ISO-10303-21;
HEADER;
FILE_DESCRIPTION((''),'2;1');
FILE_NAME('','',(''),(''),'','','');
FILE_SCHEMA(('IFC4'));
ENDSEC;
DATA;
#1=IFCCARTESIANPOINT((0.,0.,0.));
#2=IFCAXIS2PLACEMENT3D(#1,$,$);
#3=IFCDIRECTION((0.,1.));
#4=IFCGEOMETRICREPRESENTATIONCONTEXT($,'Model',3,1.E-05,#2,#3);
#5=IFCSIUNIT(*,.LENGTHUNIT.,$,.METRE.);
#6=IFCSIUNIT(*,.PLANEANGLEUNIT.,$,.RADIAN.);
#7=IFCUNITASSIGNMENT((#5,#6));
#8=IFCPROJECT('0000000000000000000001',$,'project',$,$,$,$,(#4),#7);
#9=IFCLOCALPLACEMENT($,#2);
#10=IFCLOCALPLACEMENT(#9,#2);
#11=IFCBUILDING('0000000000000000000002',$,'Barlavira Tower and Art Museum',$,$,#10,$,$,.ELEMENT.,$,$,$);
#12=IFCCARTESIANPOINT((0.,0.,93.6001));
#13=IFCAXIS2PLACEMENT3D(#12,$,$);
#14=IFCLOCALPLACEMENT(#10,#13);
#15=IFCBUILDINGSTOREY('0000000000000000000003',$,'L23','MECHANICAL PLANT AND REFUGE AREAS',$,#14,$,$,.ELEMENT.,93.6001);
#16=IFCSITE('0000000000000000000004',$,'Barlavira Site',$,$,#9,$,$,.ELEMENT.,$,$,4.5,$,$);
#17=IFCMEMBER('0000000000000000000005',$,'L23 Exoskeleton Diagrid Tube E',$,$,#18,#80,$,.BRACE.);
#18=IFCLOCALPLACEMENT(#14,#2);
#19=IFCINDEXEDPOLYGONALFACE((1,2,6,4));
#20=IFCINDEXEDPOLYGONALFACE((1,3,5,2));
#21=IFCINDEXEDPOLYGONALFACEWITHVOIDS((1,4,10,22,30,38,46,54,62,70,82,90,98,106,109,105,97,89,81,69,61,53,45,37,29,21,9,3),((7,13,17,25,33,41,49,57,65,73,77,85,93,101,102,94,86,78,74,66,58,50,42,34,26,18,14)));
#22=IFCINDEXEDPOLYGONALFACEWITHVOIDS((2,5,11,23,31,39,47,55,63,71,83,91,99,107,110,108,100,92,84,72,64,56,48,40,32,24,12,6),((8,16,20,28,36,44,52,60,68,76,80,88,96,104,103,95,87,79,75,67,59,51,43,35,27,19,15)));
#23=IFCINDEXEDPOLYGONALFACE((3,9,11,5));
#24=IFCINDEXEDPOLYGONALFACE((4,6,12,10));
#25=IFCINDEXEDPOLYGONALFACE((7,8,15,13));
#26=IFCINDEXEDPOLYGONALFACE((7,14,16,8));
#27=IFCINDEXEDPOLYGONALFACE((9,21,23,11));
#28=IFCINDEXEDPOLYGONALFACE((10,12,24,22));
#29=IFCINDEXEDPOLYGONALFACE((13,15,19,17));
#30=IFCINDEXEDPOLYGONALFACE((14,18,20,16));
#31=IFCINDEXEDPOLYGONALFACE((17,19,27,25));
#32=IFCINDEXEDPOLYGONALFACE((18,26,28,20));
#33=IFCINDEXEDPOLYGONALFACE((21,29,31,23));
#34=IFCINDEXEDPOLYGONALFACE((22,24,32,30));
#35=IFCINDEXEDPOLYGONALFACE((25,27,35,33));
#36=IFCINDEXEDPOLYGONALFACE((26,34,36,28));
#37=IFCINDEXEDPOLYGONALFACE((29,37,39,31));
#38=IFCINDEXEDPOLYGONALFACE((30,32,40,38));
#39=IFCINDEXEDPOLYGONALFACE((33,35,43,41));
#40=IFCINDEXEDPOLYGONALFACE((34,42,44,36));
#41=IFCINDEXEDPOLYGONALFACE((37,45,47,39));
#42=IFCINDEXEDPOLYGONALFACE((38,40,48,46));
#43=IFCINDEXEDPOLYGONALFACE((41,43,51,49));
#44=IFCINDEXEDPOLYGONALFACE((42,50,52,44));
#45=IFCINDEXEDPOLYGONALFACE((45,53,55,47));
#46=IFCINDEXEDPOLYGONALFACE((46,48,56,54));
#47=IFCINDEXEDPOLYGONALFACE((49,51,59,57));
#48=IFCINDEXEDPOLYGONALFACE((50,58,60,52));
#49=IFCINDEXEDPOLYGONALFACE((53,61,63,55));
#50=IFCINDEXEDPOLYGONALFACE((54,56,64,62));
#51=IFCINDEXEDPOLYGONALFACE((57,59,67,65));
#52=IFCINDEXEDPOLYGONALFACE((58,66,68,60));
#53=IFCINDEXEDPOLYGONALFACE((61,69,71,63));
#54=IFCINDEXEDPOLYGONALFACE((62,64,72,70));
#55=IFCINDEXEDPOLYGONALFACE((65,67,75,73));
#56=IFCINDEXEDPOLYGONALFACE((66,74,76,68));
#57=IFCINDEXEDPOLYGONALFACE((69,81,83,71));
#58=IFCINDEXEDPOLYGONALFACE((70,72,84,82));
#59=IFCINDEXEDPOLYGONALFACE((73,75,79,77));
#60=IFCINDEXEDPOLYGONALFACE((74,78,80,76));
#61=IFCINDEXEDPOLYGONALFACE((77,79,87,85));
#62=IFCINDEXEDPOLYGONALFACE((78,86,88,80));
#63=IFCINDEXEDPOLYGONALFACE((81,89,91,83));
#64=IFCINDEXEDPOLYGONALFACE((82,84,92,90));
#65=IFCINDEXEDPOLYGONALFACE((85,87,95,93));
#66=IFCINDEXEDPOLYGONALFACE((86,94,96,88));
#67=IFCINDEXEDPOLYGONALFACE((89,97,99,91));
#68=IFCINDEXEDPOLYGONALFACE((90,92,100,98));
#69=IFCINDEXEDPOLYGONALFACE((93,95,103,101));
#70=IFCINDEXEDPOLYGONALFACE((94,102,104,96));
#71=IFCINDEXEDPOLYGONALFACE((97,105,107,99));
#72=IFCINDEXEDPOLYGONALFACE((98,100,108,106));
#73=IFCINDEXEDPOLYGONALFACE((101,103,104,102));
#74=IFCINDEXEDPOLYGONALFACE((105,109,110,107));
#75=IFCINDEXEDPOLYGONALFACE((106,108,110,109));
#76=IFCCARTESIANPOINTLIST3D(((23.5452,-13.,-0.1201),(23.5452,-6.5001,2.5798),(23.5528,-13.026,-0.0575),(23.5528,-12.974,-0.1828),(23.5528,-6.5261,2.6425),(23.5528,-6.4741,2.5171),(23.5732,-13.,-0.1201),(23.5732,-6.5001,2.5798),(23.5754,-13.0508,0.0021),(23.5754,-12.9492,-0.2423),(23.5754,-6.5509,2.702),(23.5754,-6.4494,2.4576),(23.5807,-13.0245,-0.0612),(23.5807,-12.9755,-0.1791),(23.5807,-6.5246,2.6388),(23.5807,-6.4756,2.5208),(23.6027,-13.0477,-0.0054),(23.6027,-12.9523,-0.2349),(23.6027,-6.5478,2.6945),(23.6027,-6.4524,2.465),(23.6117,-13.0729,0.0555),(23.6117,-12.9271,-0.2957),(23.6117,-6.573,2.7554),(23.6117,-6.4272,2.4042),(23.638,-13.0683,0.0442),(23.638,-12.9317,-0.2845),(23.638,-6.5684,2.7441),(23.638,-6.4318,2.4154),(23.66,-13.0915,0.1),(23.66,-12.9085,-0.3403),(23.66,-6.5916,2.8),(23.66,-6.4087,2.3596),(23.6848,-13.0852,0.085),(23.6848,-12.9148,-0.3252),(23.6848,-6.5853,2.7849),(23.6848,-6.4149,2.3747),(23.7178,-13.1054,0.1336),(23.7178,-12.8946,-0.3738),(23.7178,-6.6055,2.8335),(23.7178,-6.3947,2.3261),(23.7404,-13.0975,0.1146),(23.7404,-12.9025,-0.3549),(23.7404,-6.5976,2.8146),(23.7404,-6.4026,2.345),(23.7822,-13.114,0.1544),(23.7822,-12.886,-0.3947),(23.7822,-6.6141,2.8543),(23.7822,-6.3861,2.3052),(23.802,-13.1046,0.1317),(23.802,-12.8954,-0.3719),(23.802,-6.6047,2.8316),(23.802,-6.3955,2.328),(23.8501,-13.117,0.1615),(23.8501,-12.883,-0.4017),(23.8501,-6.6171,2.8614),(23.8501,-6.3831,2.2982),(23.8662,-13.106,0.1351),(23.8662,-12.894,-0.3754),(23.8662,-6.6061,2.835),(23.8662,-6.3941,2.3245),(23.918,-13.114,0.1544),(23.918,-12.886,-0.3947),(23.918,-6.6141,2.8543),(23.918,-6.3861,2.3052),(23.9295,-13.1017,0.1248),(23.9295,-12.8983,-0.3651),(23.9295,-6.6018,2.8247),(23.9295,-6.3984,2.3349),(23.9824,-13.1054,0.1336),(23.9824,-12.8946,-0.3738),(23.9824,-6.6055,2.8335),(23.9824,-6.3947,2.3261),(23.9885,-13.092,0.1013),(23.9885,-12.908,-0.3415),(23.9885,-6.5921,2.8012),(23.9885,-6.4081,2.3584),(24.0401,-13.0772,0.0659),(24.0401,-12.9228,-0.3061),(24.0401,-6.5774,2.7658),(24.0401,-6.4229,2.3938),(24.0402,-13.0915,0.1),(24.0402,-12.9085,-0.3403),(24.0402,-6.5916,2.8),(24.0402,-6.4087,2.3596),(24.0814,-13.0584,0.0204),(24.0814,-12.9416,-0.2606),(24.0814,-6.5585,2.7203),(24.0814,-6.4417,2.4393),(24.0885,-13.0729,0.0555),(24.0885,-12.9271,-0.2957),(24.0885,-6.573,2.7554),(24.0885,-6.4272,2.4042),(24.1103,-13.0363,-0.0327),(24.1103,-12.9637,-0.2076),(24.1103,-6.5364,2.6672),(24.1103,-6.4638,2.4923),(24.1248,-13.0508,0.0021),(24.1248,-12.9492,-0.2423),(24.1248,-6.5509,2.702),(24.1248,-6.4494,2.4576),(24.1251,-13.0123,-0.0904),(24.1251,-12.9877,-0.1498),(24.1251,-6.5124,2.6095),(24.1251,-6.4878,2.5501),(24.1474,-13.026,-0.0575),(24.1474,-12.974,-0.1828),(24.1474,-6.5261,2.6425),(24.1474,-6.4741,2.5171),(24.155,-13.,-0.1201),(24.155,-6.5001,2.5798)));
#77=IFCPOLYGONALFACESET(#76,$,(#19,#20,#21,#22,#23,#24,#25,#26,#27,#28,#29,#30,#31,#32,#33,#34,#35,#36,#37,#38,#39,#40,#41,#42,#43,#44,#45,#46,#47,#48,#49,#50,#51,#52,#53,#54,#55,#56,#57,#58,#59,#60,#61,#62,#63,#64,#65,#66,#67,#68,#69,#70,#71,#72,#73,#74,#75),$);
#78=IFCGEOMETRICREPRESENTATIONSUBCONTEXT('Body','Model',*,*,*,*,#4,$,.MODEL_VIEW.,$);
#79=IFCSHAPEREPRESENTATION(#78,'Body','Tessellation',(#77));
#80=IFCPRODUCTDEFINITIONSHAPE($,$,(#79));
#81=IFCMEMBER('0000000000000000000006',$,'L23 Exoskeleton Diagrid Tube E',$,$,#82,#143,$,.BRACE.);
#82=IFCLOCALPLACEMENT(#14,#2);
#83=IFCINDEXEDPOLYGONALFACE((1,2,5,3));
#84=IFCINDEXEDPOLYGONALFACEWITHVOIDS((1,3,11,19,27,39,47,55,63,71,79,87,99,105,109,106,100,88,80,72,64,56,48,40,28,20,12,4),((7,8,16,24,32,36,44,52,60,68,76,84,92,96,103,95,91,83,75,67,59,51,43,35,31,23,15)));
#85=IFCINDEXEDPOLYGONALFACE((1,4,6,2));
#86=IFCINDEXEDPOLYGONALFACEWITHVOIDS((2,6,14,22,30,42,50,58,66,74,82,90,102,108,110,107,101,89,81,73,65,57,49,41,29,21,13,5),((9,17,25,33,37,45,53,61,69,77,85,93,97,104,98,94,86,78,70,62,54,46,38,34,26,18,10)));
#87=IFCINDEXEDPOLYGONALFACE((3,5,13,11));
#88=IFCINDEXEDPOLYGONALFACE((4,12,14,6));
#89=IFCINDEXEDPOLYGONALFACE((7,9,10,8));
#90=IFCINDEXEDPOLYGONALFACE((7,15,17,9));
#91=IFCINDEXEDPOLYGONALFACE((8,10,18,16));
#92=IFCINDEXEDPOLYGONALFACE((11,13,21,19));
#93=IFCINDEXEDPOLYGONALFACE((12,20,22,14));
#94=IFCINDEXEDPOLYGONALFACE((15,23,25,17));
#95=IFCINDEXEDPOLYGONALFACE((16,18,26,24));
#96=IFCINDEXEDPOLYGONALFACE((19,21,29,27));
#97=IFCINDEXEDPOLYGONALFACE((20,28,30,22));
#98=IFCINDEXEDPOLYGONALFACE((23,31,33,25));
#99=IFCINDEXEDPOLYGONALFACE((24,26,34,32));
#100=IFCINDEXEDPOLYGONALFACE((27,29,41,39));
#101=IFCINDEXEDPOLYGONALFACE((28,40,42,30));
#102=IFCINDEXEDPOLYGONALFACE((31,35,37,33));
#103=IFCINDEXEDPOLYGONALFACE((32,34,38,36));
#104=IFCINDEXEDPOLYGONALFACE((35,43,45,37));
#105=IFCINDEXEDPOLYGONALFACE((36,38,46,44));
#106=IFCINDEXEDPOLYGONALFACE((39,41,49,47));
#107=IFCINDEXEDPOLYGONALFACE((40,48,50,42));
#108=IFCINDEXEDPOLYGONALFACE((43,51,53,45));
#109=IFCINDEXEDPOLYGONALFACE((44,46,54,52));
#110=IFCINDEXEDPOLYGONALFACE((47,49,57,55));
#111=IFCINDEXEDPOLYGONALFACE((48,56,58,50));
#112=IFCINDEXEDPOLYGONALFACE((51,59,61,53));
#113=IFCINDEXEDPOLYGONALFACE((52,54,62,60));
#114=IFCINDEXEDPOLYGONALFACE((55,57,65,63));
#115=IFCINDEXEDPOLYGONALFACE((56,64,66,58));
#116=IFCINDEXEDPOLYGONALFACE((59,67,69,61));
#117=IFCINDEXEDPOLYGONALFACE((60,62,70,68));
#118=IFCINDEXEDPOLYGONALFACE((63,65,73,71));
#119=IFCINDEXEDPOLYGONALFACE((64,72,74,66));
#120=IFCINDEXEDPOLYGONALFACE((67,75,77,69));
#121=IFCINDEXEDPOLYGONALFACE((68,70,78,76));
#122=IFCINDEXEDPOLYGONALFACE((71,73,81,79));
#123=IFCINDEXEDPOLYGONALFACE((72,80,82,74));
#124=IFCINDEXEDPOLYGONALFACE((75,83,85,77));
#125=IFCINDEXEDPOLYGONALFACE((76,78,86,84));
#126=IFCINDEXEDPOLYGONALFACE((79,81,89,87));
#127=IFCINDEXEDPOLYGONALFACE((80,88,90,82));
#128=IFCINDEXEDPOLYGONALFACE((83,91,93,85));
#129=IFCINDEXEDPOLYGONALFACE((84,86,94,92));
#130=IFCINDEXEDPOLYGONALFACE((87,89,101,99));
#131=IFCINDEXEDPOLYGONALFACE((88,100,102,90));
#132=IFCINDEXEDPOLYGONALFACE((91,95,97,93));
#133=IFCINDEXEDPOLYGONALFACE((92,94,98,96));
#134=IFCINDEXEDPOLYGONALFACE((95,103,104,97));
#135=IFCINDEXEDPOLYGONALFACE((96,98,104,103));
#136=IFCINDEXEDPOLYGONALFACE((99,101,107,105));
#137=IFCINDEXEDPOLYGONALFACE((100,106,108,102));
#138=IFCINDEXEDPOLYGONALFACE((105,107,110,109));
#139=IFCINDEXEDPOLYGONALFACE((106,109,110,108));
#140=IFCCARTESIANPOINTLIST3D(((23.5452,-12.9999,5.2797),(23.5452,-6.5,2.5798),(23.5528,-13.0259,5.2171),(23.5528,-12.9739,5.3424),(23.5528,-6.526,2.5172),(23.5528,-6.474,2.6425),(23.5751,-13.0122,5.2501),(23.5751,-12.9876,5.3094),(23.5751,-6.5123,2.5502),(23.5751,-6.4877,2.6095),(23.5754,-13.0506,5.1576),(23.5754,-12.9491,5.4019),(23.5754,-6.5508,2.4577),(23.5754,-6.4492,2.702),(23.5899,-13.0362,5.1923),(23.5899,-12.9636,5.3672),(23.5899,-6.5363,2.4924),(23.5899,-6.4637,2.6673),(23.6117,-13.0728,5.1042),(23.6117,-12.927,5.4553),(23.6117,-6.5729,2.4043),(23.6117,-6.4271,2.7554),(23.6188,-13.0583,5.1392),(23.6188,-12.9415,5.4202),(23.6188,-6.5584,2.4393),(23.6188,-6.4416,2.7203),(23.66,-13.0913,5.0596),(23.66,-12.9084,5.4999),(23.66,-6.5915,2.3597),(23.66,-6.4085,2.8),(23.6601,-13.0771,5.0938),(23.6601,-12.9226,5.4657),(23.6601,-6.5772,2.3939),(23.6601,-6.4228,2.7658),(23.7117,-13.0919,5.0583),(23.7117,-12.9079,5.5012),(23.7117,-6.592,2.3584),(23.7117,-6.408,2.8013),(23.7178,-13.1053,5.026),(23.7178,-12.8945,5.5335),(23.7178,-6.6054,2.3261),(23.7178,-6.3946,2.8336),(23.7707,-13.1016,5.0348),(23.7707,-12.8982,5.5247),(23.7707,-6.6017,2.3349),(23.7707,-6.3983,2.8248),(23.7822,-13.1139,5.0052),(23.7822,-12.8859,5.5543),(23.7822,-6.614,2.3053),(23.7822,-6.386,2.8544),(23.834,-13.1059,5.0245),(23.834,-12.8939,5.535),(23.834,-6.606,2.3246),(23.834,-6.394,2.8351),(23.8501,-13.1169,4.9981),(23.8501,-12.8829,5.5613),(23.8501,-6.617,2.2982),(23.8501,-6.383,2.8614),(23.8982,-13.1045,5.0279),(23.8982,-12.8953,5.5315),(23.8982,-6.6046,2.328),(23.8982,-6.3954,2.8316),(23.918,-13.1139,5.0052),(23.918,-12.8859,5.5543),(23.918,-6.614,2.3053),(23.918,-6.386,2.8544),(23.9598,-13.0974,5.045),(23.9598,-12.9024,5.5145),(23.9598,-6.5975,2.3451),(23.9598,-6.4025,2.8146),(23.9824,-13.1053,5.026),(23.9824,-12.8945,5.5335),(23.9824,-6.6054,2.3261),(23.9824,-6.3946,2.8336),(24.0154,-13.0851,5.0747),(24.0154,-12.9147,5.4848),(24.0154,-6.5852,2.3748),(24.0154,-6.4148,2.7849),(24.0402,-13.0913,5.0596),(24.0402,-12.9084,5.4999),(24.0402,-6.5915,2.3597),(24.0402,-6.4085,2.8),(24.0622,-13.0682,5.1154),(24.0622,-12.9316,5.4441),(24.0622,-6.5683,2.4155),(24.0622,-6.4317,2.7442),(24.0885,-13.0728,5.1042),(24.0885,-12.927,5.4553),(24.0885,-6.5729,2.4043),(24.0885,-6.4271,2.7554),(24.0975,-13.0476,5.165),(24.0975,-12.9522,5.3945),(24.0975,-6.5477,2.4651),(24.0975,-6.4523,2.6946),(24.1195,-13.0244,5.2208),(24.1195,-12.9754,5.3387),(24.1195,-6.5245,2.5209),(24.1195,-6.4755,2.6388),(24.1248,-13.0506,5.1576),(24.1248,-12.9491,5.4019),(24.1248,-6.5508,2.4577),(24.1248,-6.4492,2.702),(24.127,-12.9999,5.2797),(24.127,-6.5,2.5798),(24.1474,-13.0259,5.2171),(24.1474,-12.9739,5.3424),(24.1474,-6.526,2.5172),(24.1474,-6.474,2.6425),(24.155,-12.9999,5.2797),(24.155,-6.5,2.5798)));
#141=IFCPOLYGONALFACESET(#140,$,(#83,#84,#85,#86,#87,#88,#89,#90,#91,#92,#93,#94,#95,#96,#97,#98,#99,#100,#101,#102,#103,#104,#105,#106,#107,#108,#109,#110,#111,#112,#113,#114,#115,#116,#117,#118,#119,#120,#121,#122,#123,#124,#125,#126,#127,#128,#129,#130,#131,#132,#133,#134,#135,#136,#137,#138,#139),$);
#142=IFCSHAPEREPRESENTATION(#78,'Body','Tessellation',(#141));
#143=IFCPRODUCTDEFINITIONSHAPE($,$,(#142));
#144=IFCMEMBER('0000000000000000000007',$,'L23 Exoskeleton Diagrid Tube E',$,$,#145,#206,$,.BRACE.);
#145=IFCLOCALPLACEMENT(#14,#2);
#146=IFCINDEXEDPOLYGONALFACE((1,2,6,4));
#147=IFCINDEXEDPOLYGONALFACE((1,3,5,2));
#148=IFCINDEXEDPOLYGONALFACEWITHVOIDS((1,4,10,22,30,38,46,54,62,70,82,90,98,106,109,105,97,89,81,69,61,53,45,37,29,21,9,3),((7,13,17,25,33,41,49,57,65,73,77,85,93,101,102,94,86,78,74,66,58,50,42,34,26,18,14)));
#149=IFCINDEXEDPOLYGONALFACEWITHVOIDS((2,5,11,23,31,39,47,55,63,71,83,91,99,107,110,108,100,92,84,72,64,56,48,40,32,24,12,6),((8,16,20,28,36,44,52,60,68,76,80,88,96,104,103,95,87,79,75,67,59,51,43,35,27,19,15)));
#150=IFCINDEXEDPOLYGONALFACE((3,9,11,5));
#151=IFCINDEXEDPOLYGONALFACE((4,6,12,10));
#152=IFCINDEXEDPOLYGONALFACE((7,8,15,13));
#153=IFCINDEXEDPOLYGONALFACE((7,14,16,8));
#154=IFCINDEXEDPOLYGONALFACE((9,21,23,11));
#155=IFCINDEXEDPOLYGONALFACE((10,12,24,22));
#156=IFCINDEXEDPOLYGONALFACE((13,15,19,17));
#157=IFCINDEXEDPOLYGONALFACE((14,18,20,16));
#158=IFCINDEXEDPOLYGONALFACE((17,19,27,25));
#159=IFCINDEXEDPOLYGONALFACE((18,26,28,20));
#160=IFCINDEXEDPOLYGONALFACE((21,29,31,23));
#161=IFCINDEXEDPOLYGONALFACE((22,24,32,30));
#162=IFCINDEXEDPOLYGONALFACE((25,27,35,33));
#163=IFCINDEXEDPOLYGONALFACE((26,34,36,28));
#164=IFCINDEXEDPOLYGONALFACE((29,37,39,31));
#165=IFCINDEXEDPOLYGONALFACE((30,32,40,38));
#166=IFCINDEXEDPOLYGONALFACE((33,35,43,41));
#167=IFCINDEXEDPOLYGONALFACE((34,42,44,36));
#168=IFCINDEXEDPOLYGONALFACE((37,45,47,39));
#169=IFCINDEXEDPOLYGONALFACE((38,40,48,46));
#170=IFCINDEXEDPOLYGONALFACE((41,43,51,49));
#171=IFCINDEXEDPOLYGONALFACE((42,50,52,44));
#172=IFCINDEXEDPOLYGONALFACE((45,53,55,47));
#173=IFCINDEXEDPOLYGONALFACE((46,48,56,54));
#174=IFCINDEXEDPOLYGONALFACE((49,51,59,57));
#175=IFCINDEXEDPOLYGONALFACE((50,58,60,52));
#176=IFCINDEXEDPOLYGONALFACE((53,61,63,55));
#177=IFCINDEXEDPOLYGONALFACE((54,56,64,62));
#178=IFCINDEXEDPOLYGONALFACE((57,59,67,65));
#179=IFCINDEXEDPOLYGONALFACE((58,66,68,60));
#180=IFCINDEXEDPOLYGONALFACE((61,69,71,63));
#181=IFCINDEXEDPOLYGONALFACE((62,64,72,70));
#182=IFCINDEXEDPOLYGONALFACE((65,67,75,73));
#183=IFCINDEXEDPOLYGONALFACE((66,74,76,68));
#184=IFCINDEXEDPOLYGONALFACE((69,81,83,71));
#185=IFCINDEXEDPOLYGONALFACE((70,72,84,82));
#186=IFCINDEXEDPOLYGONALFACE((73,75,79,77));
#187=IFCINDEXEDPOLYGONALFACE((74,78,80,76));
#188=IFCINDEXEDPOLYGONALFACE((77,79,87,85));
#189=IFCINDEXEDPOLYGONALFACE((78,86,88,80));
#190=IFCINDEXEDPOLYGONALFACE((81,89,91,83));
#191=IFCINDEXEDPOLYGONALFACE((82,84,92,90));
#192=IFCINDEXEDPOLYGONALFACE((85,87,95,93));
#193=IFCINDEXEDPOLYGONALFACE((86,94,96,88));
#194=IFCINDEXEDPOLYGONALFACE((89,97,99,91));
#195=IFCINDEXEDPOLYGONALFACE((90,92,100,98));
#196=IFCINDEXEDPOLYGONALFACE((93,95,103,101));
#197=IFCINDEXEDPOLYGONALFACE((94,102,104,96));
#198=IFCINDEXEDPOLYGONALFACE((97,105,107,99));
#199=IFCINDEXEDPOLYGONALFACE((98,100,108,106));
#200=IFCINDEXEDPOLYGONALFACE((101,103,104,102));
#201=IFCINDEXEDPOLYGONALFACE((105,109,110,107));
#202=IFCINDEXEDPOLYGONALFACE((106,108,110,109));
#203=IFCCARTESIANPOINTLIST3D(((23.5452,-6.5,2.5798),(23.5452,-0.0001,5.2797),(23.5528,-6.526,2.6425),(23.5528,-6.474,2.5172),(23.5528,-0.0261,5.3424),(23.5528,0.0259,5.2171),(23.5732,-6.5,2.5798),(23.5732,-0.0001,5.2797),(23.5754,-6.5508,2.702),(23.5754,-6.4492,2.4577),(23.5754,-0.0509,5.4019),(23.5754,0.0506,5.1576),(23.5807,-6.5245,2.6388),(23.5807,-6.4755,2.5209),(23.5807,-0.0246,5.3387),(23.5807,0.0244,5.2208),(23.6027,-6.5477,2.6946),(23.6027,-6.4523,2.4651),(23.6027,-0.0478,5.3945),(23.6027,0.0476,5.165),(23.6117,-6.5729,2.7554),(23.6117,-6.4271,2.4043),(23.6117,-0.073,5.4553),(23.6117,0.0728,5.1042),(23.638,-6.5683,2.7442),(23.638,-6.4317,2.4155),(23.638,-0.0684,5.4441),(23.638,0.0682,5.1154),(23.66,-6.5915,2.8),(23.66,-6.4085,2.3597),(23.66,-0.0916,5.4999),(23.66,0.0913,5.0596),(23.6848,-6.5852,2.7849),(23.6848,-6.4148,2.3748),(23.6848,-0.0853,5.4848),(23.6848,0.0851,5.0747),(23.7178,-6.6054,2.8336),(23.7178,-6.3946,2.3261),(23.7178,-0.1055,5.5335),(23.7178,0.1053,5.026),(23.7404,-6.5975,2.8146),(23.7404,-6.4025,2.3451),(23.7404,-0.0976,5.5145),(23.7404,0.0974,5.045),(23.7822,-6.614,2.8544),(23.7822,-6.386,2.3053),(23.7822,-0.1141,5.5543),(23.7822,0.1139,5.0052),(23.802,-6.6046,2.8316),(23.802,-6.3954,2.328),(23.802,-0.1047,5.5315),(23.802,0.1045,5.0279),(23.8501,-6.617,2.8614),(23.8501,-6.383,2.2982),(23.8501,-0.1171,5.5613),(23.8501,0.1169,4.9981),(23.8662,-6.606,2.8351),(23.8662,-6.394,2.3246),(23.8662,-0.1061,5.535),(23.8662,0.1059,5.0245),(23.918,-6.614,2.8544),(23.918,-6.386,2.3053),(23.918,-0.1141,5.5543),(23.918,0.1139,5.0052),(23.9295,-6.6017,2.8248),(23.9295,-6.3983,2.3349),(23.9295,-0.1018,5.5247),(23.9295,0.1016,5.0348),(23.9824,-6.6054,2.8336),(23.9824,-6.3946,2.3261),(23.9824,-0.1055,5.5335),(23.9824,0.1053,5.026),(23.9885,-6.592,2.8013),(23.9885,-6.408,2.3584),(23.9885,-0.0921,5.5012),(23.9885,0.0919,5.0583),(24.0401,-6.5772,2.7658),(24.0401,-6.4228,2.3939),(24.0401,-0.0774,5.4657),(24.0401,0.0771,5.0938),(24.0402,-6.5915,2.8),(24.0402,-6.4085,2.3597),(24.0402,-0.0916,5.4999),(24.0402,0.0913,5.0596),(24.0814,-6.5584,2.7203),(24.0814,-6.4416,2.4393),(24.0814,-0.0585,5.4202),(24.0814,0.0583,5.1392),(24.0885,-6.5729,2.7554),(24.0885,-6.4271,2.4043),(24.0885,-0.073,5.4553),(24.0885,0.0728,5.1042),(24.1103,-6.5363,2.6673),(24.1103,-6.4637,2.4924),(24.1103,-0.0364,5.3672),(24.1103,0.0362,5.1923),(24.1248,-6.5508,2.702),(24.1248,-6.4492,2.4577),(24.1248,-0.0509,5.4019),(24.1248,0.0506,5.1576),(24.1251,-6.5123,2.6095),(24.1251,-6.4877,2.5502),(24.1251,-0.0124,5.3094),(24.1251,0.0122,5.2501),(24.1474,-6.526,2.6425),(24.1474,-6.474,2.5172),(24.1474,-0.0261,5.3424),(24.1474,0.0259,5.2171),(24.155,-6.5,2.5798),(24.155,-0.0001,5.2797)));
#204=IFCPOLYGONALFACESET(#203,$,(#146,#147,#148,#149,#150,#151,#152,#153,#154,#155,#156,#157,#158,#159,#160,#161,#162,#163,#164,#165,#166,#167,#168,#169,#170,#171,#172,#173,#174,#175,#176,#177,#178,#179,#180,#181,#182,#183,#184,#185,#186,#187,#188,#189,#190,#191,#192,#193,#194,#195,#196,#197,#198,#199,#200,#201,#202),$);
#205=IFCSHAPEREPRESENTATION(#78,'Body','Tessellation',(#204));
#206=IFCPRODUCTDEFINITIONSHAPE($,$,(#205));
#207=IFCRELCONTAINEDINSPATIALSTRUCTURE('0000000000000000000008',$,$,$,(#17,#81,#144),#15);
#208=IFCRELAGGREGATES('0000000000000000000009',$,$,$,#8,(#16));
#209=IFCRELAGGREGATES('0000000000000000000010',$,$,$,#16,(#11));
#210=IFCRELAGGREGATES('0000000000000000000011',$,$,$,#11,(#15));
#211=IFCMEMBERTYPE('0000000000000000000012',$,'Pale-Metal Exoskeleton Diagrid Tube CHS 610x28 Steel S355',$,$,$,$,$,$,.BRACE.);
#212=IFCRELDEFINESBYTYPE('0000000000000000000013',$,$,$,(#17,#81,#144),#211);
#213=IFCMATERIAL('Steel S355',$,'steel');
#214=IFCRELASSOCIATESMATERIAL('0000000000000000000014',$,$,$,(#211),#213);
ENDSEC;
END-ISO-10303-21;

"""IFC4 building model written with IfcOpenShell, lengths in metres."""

from ifc_helpers import new_model, si_unit, direction, frame, origin, origin_2d, place, context, subcontext, project, spatial, hollow_circle, extrude, material, material_profile, profile_set, type_object, element, save


model = new_model("IFC4")

# Units and contexts
model_context = context("Model", 3, precision=1e-05, world=origin(), true_north=direction((0.0, 1.0)))
body_context = subcontext(model_context, "Body", "Model", "MODEL_VIEW")
ifc_project = project(units=[si_unit("LENGTHUNIT", "METRE"), si_unit("PLANEANGLEUNIT", "RADIAN")], contexts=[model_context])

# Site, building, storey
site_placement = place(None, origin())
site = spatial("IfcSite", under=ifc_project, at=site_placement, Name="Barlavira Site", CompositionType="ELEMENT", RefElevation=4.5)
building_placement = place(site_placement, origin())
building = spatial("IfcBuilding", under=site, at=building_placement, Name="Barlavira Tower and Art Museum", CompositionType="ELEMENT")
storey_placement = place(building_placement, frame((0.0, 0.0, 93.6001)))
storey = spatial("IfcBuildingStorey", under=building, at=storey_placement, Name="L23", Description="MECHANICAL PLANT AND REFUGE AREAS", CompositionType="ELEMENT", Elevation=93.6001)

# Shared definitions
ifc_material_1 = material(Name="Steel S355", Category="steel")

# Members
ifc_material_profile_1 = material_profile(ifc_material_1, hollow_circle(Radius=0.3049, WallThickness=0.0281, at=origin_2d()), Name="CHS 610.0x28.0")
ifc_profile_set_1 = profile_set([ifc_material_profile_1], Name="Steel S355")
member_type_1 = type_object("IfcMemberType", Name="Pale-Metal Exoskeleton Diagrid Tube CHS 610x28 Steel S355", PredefinedType="BRACE", material=ifc_profile_set_1)
for number, where, z_axis, x_axis, name in (
    (1, (23.8501, -13.0, -0.1201), (0.0, 0.923499, 0.3836), (-1.0, 0.0, 0.0), "L23 Exoskeleton Diagrid Tube E"),
    (2, (23.8501, -6.5, 2.5798), (0.0, -0.923499, 0.3836), (1.0, 0.0, 0.0), "L23 Exoskeleton Diagrid Tube E"),
    (3, (23.8501, -6.5, 2.5798), (0.0, 0.923499, 0.3836), (-1.0, 0.0, 0.0), "L23 Exoskeleton Diagrid Tube E"),
):
    element("IfcMember", number, at=place(storey_placement, frame(where, z_axis=z_axis, x_axis=x_axis)), inside=storey, type_object=member_type_1, Name=name, PredefinedType="BRACE", context=body_context, shape_type="SweptSolid", body=[
        extrude(hollow_circle(Radius=0.3049, WallThickness=0.0281, at=origin_2d()), origin(), (0.0, 0.0, 1.0), 7.0383),
    ])

save(model, "model.ifc")
